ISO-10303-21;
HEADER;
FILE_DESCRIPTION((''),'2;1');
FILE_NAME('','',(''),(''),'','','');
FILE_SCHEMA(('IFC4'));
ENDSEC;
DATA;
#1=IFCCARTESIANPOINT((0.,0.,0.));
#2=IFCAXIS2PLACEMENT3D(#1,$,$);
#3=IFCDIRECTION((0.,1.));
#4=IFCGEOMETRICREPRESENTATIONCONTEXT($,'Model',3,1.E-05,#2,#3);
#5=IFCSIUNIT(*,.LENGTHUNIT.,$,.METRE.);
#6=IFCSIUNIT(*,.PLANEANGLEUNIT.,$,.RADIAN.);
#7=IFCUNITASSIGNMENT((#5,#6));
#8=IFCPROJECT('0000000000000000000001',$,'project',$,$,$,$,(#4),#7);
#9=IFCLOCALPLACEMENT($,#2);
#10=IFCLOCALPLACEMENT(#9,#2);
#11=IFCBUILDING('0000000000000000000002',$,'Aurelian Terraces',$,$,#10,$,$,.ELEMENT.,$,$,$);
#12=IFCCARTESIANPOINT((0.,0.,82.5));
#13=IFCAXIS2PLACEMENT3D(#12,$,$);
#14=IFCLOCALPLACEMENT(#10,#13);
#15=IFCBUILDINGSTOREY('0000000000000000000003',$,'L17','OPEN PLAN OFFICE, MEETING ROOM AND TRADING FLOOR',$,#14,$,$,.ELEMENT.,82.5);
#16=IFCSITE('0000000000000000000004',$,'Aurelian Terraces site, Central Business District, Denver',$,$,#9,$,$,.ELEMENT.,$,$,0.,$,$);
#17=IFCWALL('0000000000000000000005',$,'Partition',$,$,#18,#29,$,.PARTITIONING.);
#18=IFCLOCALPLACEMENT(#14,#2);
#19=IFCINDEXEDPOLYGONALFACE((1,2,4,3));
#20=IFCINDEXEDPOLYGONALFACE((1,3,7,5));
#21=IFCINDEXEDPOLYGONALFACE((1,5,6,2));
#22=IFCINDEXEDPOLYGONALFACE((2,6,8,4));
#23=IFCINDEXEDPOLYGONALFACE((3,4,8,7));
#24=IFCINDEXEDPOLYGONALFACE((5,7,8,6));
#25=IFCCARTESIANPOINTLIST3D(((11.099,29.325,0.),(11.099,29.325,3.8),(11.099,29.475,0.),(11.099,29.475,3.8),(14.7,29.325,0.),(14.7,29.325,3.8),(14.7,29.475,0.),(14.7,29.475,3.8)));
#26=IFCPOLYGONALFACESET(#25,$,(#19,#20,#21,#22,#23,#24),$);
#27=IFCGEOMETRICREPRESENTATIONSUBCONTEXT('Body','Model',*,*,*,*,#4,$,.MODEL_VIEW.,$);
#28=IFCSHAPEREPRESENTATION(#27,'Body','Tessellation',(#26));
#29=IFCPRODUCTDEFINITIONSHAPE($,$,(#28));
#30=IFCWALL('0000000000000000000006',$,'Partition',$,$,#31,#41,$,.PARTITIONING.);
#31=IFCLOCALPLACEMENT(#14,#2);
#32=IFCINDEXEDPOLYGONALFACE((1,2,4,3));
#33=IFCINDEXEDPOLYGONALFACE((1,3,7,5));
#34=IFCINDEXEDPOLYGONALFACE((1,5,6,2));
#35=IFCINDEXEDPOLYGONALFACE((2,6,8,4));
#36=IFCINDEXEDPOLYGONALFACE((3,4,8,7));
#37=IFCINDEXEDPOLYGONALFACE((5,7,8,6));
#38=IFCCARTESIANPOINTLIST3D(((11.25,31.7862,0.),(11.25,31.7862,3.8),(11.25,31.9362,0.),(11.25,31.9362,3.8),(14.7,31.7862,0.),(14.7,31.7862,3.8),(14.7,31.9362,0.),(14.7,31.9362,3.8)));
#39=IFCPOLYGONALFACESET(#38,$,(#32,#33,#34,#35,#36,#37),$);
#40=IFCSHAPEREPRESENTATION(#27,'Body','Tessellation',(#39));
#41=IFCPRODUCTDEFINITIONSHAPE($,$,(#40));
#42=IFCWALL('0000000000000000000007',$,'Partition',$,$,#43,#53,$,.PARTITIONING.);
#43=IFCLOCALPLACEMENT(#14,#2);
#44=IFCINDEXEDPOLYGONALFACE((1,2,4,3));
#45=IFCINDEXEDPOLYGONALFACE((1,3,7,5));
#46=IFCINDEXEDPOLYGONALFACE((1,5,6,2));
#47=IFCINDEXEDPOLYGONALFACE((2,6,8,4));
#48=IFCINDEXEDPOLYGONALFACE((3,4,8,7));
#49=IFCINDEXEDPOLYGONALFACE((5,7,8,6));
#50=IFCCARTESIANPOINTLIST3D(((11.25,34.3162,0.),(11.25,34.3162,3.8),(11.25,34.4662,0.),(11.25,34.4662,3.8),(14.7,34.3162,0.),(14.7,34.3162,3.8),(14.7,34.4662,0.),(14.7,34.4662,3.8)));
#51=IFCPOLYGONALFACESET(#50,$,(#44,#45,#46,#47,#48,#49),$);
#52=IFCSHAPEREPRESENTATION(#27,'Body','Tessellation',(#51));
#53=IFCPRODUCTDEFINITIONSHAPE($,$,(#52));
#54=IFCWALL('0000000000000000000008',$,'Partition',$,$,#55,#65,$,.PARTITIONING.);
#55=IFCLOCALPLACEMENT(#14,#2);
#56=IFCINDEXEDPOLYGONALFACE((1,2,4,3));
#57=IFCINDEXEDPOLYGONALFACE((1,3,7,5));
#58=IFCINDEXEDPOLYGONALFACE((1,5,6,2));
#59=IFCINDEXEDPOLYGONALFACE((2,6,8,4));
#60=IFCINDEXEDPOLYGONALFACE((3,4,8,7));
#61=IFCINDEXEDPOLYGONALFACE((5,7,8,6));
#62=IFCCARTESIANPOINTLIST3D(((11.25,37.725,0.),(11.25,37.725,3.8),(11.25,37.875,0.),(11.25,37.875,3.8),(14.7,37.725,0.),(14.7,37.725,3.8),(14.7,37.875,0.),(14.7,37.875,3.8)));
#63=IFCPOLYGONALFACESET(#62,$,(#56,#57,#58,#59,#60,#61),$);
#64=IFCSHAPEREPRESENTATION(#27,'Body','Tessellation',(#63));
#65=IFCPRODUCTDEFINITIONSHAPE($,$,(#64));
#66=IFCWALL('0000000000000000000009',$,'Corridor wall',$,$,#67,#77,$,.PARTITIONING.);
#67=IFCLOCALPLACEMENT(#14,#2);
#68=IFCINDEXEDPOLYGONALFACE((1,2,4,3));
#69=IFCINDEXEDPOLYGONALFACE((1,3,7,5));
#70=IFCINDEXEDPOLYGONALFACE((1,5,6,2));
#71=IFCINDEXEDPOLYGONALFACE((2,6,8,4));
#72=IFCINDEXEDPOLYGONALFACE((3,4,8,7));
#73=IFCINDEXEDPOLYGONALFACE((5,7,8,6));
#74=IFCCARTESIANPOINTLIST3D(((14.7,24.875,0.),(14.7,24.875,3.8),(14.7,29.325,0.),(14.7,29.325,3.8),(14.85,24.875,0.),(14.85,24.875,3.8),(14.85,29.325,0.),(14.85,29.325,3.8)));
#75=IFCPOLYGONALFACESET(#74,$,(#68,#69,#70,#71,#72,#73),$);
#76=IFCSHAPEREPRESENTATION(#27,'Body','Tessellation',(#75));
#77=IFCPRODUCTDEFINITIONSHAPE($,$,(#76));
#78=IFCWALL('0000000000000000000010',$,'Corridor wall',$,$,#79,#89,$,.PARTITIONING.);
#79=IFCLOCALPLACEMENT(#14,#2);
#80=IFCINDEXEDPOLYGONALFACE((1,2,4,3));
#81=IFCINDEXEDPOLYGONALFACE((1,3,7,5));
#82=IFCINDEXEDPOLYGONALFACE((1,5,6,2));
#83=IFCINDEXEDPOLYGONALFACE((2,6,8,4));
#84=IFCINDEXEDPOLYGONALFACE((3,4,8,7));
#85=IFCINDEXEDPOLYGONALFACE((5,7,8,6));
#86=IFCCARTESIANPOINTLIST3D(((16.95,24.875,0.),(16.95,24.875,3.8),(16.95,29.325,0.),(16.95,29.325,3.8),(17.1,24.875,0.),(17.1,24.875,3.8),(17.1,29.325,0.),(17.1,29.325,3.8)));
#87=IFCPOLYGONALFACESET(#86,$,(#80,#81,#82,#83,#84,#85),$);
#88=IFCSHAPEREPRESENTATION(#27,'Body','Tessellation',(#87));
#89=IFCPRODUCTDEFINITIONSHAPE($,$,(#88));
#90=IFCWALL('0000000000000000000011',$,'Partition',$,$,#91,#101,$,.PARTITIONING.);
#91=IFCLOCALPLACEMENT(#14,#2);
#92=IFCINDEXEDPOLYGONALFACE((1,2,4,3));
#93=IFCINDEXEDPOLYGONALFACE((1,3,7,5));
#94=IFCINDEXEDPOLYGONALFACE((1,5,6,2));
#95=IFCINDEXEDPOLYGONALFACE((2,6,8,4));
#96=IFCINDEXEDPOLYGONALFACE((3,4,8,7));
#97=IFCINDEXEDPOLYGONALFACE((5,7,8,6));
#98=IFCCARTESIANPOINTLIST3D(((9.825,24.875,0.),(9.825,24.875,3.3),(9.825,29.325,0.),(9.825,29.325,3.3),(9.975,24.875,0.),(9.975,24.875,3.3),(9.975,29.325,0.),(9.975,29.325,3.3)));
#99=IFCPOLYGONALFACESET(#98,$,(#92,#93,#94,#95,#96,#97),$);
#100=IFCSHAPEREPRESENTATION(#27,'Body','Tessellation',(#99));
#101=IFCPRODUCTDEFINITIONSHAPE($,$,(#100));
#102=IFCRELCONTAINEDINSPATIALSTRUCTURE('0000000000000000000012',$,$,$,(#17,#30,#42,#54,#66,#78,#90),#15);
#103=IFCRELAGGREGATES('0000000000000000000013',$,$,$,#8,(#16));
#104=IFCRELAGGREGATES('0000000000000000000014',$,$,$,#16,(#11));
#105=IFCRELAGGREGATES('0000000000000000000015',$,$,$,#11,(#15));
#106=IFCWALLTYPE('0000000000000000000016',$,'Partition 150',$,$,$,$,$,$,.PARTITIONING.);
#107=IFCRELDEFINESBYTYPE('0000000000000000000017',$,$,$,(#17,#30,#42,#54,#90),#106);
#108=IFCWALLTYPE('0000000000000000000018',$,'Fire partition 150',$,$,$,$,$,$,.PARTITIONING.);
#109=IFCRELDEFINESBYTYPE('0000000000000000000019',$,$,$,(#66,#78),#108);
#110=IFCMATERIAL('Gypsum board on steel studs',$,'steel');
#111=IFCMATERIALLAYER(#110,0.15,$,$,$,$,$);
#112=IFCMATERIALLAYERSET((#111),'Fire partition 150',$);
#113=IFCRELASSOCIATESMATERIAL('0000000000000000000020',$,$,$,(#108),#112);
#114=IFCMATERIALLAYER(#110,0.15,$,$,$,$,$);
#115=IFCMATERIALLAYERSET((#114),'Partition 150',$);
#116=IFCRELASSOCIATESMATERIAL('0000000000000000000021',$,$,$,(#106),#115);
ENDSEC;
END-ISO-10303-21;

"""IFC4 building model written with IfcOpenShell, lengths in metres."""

from ifc_helpers import new_model, si_unit, direction, frame, frame_2d, origin, place, context, subcontext, project, spatial, rectangle, extrude, source, transform, mapped, material, layer, layer_set, type_object, element, save


model = new_model("IFC4")

# Units and contexts
model_context = context("Model", 3, precision=1e-05, world=origin(), true_north=direction((0.0, 1.0)))
body_context = subcontext(model_context, "Body", "Model", "MODEL_VIEW")
ifc_project = project(units=[si_unit("LENGTHUNIT", "METRE"), si_unit("PLANEANGLEUNIT", "RADIAN")], contexts=[model_context])

# Site, building, storey
site_placement = place(None, origin())
site = spatial("IfcSite", under=ifc_project, at=site_placement, Name="Aurelian Terraces site, Central Business District, Denver", CompositionType="ELEMENT", RefElevation=0.0)
building_placement = place(site_placement, origin())
building = spatial("IfcBuilding", under=site, at=building_placement, Name="Aurelian Terraces", CompositionType="ELEMENT")
storey_placement = place(building_placement, frame((0.0, 0.0, 82.5)))
storey = spatial("IfcBuildingStorey", under=building, at=storey_placement, Name="L17", Description="OPEN PLAN OFFICE, MEETING ROOM AND TRADING FLOOR", CompositionType="ELEMENT", Elevation=82.5)

# Shared definitions
ifc_material_1 = material(Name="Gypsum board on steel studs", Category="steel")

# Shared definitions
ifc_layer_1 = layer(ifc_material_1, 0.15)
ifc_layer_set_1 = layer_set([ifc_layer_1], Name="Fire partition 150")
wall_type_1 = type_object("IfcWallType", Name="Fire partition 150", PredefinedType="PARTITIONING", material=ifc_layer_set_1)

# Shared definitions
ifc_layer_2 = layer(ifc_material_1, 0.15)
ifc_layer_set_2 = layer_set([ifc_layer_2], Name="Partition 150")
wall_type_2 = type_object("IfcWallType", Name="Partition 150", PredefinedType="PARTITIONING", material=ifc_layer_set_2)

# Walls
shared_shape_1 = source(origin(), body_context, "Body", "SweptSolid", [
    extrude(rectangle(XDim=3.601, YDim=0.15, at=frame_2d((1.8005, 0.0))), origin(), (0.0, 0.0, 1.0), 3.8),
])
wall_1_placement = place(storey_placement, frame((14.7, 29.4, 0.0), z_axis=(0.0, 0.0, 1.0), x_axis=(-1.0, 0.0, 0.0)))
element("IfcWall", 1, at=wall_1_placement, inside=storey, type_object=wall_type_2, Name="Partition", PredefinedType="PARTITIONING", context=body_context, shape_type="MappedRepresentation", body=[
    mapped(shared_shape_1, transform((0.0, 0.0, 0.0), scale=1.0)),
])
shared_shape_2 = source(origin(), body_context, "Body", "SweptSolid", [
    extrude(rectangle(XDim=3.45, YDim=0.15, at=frame_2d((1.725, 0.0))), origin(), (0.0, 0.0, 1.0), 3.8),
])
for number, where, z_axis, x_axis, name in (
    (2, (14.7, 31.8612, 0.0), (0.0, 0.0, 1.0), (-1.0, 0.0, 0.0), "Partition"),
    (3, (14.7, 34.3912, 0.0), (0.0, 0.0, 1.0), (-1.0, 0.0, 0.0), "Partition"),
    (4, (14.7, 37.8, 0.0), (0.0, 0.0, 1.0), (-1.0, 0.0, 0.0), "Partition"),
):
    element("IfcWall", number, at=place(storey_placement, frame(where, z_axis=z_axis, x_axis=x_axis)), inside=storey, type_object=wall_type_2, Name=name, PredefinedType="PARTITIONING", context=body_context, shape_type="MappedRepresentation", body=[
        mapped(shared_shape_2, transform((0.0, 0.0, 0.0), scale=1.0)),
    ])
shared_shape_3 = source(origin(), body_context, "Body", "SweptSolid", [
    extrude(rectangle(XDim=4.45, YDim=0.15, at=frame_2d((2.225, 0.0))), origin(), (0.0, 0.0, 1.0), 3.8),
])
for number, where, z_axis, x_axis, name in (
    (5, (14.775, 24.875, 0.0), (0.0, 0.0, 1.0), (0.0, 1.0, 0.0), "Corridor wall"),
    (6, (17.025, 29.325, 0.0), (0.0, 0.0, 1.0), (0.0, -1.0, 0.0), "Corridor wall"),
):
    element("IfcWall", number, at=place(storey_placement, frame(where, z_axis=z_axis, x_axis=x_axis)), inside=storey, type_object=wall_type_1, Name=name, PredefinedType="PARTITIONING", context=body_context, shape_type="MappedRepresentation", body=[
        mapped(shared_shape_3, transform((0.0, 0.0, 0.0), scale=1.0)),
    ])
shared_shape_4 = source(origin(), body_context, "Body", "SweptSolid", [
    extrude(rectangle(XDim=4.45, YDim=0.15, at=frame_2d((2.225, 0.0))), origin(), (0.0, 0.0, 1.0), 3.3),
])
wall_2_placement = place(storey_placement, frame((9.9, 24.875, 0.0), z_axis=(0.0, 0.0, 1.0), x_axis=(0.0, 1.0, 0.0)))
element("IfcWall", 7, at=wall_2_placement, inside=storey, type_object=wall_type_2, Name="Partition", PredefinedType="PARTITIONING", context=body_context, shape_type="MappedRepresentation", body=[
    mapped(shared_shape_4, transform((0.0, 0.0, 0.0), scale=1.0)),
])

save(model, "model.ifc")
